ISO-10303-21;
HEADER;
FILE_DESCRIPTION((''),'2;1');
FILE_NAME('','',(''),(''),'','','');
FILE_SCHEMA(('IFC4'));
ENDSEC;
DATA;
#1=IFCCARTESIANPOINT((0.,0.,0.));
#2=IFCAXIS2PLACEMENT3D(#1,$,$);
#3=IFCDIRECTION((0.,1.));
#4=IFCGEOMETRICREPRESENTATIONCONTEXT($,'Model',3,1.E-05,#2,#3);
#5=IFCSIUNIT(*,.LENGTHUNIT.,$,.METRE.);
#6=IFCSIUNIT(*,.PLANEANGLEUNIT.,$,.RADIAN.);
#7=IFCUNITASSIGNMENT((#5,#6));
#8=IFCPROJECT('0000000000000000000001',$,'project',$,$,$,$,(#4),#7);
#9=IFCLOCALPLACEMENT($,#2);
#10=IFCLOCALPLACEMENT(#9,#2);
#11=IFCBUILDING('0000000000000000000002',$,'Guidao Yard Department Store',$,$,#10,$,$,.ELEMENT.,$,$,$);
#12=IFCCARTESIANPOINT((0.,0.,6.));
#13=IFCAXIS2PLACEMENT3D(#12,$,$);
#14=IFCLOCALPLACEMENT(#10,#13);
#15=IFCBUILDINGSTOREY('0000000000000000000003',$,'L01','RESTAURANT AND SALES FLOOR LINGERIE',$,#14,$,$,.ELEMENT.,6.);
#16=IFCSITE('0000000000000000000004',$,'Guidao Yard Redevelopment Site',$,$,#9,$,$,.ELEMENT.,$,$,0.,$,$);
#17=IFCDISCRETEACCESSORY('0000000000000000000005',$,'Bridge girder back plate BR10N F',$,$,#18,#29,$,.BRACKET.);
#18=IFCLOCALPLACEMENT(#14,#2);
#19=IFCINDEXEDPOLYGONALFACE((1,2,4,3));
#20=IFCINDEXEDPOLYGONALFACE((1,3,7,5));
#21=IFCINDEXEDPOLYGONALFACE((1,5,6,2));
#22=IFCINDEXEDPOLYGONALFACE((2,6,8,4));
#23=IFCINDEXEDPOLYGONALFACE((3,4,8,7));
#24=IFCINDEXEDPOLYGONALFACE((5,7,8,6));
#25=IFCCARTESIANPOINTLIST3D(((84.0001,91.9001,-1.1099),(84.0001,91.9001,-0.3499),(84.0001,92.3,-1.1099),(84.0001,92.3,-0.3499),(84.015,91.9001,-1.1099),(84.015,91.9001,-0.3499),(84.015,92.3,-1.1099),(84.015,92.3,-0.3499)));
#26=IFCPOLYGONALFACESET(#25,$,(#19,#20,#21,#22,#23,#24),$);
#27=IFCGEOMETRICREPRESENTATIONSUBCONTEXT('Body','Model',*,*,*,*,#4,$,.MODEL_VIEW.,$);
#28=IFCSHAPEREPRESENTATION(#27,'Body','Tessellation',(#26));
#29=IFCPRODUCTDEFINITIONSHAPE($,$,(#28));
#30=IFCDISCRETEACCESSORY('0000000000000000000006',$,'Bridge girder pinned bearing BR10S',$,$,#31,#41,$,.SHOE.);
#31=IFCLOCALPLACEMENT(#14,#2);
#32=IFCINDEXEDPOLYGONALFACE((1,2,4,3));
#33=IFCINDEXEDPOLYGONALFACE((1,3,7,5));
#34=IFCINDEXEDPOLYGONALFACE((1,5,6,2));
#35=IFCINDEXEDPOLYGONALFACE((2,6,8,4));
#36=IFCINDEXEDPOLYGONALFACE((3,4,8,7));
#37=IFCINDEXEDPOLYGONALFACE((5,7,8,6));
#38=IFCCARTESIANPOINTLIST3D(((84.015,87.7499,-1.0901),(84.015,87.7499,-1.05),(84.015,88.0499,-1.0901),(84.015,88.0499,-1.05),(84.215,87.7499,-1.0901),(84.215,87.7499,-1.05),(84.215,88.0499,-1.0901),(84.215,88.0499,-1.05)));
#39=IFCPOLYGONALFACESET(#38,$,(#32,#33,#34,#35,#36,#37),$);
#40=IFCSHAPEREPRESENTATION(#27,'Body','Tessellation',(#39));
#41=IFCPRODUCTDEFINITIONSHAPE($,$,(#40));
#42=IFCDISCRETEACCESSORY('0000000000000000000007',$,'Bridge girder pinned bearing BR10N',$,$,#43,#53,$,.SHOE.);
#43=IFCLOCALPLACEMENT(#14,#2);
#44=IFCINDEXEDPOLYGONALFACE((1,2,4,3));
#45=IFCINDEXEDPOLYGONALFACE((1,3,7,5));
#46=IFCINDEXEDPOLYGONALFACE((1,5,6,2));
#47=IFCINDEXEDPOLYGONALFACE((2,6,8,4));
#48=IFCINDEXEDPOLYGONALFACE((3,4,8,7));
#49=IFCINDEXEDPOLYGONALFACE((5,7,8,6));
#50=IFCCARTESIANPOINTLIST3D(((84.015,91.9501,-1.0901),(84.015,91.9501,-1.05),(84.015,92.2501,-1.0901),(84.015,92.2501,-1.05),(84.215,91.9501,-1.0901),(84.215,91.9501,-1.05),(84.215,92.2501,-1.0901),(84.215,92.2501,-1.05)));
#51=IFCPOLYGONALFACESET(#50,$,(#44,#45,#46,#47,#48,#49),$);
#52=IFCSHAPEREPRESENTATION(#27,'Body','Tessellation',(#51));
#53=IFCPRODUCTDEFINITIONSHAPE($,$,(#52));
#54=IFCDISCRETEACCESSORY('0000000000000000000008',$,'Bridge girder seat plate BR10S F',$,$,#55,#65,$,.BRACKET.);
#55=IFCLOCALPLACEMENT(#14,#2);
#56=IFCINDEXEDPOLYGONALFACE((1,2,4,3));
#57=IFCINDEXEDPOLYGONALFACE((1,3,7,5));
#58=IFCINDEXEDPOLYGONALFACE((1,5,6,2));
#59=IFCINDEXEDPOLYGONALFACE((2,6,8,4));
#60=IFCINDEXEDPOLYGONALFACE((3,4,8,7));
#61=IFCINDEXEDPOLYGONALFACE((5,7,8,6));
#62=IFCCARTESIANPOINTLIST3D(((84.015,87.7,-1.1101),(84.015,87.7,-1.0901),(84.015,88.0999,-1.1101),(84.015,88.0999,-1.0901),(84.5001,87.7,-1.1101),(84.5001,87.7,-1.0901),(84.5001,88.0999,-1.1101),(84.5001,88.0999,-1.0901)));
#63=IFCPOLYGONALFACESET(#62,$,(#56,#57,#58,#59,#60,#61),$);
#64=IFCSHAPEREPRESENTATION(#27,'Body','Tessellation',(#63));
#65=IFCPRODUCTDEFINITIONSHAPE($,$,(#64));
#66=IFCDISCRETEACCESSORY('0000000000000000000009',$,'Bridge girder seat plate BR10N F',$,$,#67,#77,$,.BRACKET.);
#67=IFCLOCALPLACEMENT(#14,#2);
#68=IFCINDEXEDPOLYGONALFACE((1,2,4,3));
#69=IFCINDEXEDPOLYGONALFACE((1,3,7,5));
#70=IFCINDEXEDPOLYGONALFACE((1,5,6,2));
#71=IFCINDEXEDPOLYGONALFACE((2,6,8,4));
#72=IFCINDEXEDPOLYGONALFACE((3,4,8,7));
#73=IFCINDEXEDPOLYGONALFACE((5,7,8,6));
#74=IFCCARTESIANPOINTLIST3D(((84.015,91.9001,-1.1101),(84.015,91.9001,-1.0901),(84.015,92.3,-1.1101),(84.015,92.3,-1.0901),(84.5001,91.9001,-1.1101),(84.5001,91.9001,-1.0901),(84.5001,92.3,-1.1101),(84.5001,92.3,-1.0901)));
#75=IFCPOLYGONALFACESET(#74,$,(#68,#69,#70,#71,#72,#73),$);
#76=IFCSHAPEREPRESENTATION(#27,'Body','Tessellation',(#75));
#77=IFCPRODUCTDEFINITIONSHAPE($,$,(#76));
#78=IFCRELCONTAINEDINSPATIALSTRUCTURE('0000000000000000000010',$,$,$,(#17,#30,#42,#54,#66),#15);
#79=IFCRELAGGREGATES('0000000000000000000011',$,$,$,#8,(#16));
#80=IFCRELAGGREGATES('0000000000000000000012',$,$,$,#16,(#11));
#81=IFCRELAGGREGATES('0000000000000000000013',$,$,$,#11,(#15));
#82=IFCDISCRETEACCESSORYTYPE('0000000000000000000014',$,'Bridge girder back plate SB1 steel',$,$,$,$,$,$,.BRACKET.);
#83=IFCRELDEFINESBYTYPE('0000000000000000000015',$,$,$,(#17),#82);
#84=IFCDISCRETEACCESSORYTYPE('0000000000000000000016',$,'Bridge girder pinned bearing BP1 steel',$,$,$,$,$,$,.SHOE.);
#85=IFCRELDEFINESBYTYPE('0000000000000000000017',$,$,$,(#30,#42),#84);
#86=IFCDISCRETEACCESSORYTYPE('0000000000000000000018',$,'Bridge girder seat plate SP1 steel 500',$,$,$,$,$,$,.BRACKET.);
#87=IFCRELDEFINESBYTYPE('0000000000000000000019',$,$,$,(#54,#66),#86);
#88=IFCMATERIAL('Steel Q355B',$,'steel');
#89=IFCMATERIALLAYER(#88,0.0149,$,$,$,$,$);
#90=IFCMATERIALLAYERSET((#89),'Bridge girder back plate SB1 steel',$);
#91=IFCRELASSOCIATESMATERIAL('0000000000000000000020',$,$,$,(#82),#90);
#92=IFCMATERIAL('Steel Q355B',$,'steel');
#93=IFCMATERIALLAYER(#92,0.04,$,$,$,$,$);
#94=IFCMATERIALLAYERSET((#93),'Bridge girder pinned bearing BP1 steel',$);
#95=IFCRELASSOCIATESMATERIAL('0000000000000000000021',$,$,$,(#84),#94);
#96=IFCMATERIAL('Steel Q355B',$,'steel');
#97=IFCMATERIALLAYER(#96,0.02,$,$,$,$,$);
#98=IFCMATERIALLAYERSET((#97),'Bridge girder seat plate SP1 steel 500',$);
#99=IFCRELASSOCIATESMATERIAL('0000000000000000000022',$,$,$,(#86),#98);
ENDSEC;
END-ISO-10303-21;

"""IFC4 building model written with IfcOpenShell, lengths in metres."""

from ifc_helpers import new_model, si_unit, direction, frame, origin, origin_2d, place, context, subcontext, project, spatial, rectangle, extrude, material, layer, layer_set, type_object, element, save


model = new_model("IFC4")

# Units and contexts
model_context = context("Model", 3, precision=1e-05, world=origin(), true_north=direction((0.0, 1.0)))
body_context = subcontext(model_context, "Body", "Model", "MODEL_VIEW")
ifc_project = project(units=[si_unit("LENGTHUNIT", "METRE"), si_unit("PLANEANGLEUNIT", "RADIAN")], contexts=[model_context])

# Site, building, storey
site_placement = place(None, origin())
site = spatial("IfcSite", under=ifc_project, at=site_placement, Name="Guidao Yard Redevelopment Site", CompositionType="ELEMENT", RefElevation=0.0)
building_placement = place(site_placement, origin())
building = spatial("IfcBuilding", under=site, at=building_placement, Name="Guidao Yard Department Store", CompositionType="ELEMENT")
storey_placement = place(building_placement, frame((0.0, 0.0, 6.0)))
storey = spatial("IfcBuildingStorey", under=building, at=storey_placement, Name="L01", Description="RESTAURANT AND SALES FLOOR LINGERIE", CompositionType="ELEMENT", Elevation=6.0)

# Discrete accessories
ifc_material_1 = material(Name="Steel Q355B", Category="steel")
ifc_layer_1 = layer(ifc_material_1, 0.0149)
ifc_layer_set_1 = layer_set([ifc_layer_1], Name="Bridge girder back plate SB1 steel")
discrete_accessory_type_1 = type_object("IfcDiscreteAccessoryType", Name="Bridge girder back plate SB1 steel", PredefinedType="BRACKET", material=ifc_layer_set_1)
for number, where, z_axis, x_axis, name in (
    (1, (84.0076, 92.1001, -1.1099), (0.0, 0.0, 1.0), (1.0, 0.0, 0.0), "Bridge girder back plate BR10N F"),
):
    element("IfcDiscreteAccessory", number, at=place(storey_placement, frame(where, z_axis=z_axis, x_axis=x_axis)), inside=storey, type_object=discrete_accessory_type_1, Name=name, PredefinedType="BRACKET", context=body_context, shape_type="SweptSolid", body=[
        extrude(rectangle(XDim=0.0149, YDim=0.3999, at=origin_2d()), origin(), (0.0, 0.0, 1.0), 0.76),
    ])
ifc_material_2 = material(Name="Steel Q355B", Category="steel")
ifc_layer_2 = layer(ifc_material_2, 0.04)
ifc_layer_set_2 = layer_set([ifc_layer_2], Name="Bridge girder pinned bearing BP1 steel")
discrete_accessory_type_2 = type_object("IfcDiscreteAccessoryType", Name="Bridge girder pinned bearing BP1 steel", PredefinedType="SHOE", material=ifc_layer_set_2)
for number, where, z_axis, x_axis, name in (
    (2, (84.115, 87.8999, -1.0901), (0.0, 0.0, 1.0), (1.0, 0.0, 0.0), "Bridge girder pinned bearing BR10S"),
    (3, (84.115, 92.1001, -1.0901), (0.0, 0.0, 1.0), (1.0, 0.0, 0.0), "Bridge girder pinned bearing BR10N"),
):
    element("IfcDiscreteAccessory", number, at=place(storey_placement, frame(where, z_axis=z_axis, x_axis=x_axis)), inside=storey, type_object=discrete_accessory_type_2, Name=name, PredefinedType="SHOE", context=body_context, shape_type="SweptSolid", body=[
        extrude(rectangle(XDim=0.2, YDim=0.3, at=origin_2d()), origin(), (0.0, 0.0, 1.0), 0.04),
    ])
ifc_material_3 = material(Name="Steel Q355B", Category="steel")
ifc_layer_3 = layer(ifc_material_3, 0.02)
ifc_layer_set_3 = layer_set([ifc_layer_3], Name="Bridge girder seat plate SP1 steel 500")
discrete_accessory_type_3 = type_object("IfcDiscreteAccessoryType", Name="Bridge girder seat plate SP1 steel 500", PredefinedType="BRACKET", material=ifc_layer_set_3)
for number, where, z_axis, x_axis, name in (
    (4, (84.2576, 87.8999, -1.1101), (0.0, 0.0, 1.0), (1.0, 0.0, 0.0), "Bridge girder seat plate BR10S F"),
    (5, (84.2576, 92.1001, -1.1101), (0.0, 0.0, 1.0), (1.0, 0.0, 0.0), "Bridge girder seat plate BR10N F"),
):
    element("IfcDiscreteAccessory", number, at=place(storey_placement, frame(where, z_axis=z_axis, x_axis=x_axis)), inside=storey, type_object=discrete_accessory_type_3, Name=name, PredefinedType="BRACKET", context=body_context, shape_type="SweptSolid", body=[
        extrude(rectangle(XDim=0.4851, YDim=0.3999, at=origin_2d()), origin(), (0.0, 0.0, 1.0), 0.02),
    ])

save(model, "model.ifc")
